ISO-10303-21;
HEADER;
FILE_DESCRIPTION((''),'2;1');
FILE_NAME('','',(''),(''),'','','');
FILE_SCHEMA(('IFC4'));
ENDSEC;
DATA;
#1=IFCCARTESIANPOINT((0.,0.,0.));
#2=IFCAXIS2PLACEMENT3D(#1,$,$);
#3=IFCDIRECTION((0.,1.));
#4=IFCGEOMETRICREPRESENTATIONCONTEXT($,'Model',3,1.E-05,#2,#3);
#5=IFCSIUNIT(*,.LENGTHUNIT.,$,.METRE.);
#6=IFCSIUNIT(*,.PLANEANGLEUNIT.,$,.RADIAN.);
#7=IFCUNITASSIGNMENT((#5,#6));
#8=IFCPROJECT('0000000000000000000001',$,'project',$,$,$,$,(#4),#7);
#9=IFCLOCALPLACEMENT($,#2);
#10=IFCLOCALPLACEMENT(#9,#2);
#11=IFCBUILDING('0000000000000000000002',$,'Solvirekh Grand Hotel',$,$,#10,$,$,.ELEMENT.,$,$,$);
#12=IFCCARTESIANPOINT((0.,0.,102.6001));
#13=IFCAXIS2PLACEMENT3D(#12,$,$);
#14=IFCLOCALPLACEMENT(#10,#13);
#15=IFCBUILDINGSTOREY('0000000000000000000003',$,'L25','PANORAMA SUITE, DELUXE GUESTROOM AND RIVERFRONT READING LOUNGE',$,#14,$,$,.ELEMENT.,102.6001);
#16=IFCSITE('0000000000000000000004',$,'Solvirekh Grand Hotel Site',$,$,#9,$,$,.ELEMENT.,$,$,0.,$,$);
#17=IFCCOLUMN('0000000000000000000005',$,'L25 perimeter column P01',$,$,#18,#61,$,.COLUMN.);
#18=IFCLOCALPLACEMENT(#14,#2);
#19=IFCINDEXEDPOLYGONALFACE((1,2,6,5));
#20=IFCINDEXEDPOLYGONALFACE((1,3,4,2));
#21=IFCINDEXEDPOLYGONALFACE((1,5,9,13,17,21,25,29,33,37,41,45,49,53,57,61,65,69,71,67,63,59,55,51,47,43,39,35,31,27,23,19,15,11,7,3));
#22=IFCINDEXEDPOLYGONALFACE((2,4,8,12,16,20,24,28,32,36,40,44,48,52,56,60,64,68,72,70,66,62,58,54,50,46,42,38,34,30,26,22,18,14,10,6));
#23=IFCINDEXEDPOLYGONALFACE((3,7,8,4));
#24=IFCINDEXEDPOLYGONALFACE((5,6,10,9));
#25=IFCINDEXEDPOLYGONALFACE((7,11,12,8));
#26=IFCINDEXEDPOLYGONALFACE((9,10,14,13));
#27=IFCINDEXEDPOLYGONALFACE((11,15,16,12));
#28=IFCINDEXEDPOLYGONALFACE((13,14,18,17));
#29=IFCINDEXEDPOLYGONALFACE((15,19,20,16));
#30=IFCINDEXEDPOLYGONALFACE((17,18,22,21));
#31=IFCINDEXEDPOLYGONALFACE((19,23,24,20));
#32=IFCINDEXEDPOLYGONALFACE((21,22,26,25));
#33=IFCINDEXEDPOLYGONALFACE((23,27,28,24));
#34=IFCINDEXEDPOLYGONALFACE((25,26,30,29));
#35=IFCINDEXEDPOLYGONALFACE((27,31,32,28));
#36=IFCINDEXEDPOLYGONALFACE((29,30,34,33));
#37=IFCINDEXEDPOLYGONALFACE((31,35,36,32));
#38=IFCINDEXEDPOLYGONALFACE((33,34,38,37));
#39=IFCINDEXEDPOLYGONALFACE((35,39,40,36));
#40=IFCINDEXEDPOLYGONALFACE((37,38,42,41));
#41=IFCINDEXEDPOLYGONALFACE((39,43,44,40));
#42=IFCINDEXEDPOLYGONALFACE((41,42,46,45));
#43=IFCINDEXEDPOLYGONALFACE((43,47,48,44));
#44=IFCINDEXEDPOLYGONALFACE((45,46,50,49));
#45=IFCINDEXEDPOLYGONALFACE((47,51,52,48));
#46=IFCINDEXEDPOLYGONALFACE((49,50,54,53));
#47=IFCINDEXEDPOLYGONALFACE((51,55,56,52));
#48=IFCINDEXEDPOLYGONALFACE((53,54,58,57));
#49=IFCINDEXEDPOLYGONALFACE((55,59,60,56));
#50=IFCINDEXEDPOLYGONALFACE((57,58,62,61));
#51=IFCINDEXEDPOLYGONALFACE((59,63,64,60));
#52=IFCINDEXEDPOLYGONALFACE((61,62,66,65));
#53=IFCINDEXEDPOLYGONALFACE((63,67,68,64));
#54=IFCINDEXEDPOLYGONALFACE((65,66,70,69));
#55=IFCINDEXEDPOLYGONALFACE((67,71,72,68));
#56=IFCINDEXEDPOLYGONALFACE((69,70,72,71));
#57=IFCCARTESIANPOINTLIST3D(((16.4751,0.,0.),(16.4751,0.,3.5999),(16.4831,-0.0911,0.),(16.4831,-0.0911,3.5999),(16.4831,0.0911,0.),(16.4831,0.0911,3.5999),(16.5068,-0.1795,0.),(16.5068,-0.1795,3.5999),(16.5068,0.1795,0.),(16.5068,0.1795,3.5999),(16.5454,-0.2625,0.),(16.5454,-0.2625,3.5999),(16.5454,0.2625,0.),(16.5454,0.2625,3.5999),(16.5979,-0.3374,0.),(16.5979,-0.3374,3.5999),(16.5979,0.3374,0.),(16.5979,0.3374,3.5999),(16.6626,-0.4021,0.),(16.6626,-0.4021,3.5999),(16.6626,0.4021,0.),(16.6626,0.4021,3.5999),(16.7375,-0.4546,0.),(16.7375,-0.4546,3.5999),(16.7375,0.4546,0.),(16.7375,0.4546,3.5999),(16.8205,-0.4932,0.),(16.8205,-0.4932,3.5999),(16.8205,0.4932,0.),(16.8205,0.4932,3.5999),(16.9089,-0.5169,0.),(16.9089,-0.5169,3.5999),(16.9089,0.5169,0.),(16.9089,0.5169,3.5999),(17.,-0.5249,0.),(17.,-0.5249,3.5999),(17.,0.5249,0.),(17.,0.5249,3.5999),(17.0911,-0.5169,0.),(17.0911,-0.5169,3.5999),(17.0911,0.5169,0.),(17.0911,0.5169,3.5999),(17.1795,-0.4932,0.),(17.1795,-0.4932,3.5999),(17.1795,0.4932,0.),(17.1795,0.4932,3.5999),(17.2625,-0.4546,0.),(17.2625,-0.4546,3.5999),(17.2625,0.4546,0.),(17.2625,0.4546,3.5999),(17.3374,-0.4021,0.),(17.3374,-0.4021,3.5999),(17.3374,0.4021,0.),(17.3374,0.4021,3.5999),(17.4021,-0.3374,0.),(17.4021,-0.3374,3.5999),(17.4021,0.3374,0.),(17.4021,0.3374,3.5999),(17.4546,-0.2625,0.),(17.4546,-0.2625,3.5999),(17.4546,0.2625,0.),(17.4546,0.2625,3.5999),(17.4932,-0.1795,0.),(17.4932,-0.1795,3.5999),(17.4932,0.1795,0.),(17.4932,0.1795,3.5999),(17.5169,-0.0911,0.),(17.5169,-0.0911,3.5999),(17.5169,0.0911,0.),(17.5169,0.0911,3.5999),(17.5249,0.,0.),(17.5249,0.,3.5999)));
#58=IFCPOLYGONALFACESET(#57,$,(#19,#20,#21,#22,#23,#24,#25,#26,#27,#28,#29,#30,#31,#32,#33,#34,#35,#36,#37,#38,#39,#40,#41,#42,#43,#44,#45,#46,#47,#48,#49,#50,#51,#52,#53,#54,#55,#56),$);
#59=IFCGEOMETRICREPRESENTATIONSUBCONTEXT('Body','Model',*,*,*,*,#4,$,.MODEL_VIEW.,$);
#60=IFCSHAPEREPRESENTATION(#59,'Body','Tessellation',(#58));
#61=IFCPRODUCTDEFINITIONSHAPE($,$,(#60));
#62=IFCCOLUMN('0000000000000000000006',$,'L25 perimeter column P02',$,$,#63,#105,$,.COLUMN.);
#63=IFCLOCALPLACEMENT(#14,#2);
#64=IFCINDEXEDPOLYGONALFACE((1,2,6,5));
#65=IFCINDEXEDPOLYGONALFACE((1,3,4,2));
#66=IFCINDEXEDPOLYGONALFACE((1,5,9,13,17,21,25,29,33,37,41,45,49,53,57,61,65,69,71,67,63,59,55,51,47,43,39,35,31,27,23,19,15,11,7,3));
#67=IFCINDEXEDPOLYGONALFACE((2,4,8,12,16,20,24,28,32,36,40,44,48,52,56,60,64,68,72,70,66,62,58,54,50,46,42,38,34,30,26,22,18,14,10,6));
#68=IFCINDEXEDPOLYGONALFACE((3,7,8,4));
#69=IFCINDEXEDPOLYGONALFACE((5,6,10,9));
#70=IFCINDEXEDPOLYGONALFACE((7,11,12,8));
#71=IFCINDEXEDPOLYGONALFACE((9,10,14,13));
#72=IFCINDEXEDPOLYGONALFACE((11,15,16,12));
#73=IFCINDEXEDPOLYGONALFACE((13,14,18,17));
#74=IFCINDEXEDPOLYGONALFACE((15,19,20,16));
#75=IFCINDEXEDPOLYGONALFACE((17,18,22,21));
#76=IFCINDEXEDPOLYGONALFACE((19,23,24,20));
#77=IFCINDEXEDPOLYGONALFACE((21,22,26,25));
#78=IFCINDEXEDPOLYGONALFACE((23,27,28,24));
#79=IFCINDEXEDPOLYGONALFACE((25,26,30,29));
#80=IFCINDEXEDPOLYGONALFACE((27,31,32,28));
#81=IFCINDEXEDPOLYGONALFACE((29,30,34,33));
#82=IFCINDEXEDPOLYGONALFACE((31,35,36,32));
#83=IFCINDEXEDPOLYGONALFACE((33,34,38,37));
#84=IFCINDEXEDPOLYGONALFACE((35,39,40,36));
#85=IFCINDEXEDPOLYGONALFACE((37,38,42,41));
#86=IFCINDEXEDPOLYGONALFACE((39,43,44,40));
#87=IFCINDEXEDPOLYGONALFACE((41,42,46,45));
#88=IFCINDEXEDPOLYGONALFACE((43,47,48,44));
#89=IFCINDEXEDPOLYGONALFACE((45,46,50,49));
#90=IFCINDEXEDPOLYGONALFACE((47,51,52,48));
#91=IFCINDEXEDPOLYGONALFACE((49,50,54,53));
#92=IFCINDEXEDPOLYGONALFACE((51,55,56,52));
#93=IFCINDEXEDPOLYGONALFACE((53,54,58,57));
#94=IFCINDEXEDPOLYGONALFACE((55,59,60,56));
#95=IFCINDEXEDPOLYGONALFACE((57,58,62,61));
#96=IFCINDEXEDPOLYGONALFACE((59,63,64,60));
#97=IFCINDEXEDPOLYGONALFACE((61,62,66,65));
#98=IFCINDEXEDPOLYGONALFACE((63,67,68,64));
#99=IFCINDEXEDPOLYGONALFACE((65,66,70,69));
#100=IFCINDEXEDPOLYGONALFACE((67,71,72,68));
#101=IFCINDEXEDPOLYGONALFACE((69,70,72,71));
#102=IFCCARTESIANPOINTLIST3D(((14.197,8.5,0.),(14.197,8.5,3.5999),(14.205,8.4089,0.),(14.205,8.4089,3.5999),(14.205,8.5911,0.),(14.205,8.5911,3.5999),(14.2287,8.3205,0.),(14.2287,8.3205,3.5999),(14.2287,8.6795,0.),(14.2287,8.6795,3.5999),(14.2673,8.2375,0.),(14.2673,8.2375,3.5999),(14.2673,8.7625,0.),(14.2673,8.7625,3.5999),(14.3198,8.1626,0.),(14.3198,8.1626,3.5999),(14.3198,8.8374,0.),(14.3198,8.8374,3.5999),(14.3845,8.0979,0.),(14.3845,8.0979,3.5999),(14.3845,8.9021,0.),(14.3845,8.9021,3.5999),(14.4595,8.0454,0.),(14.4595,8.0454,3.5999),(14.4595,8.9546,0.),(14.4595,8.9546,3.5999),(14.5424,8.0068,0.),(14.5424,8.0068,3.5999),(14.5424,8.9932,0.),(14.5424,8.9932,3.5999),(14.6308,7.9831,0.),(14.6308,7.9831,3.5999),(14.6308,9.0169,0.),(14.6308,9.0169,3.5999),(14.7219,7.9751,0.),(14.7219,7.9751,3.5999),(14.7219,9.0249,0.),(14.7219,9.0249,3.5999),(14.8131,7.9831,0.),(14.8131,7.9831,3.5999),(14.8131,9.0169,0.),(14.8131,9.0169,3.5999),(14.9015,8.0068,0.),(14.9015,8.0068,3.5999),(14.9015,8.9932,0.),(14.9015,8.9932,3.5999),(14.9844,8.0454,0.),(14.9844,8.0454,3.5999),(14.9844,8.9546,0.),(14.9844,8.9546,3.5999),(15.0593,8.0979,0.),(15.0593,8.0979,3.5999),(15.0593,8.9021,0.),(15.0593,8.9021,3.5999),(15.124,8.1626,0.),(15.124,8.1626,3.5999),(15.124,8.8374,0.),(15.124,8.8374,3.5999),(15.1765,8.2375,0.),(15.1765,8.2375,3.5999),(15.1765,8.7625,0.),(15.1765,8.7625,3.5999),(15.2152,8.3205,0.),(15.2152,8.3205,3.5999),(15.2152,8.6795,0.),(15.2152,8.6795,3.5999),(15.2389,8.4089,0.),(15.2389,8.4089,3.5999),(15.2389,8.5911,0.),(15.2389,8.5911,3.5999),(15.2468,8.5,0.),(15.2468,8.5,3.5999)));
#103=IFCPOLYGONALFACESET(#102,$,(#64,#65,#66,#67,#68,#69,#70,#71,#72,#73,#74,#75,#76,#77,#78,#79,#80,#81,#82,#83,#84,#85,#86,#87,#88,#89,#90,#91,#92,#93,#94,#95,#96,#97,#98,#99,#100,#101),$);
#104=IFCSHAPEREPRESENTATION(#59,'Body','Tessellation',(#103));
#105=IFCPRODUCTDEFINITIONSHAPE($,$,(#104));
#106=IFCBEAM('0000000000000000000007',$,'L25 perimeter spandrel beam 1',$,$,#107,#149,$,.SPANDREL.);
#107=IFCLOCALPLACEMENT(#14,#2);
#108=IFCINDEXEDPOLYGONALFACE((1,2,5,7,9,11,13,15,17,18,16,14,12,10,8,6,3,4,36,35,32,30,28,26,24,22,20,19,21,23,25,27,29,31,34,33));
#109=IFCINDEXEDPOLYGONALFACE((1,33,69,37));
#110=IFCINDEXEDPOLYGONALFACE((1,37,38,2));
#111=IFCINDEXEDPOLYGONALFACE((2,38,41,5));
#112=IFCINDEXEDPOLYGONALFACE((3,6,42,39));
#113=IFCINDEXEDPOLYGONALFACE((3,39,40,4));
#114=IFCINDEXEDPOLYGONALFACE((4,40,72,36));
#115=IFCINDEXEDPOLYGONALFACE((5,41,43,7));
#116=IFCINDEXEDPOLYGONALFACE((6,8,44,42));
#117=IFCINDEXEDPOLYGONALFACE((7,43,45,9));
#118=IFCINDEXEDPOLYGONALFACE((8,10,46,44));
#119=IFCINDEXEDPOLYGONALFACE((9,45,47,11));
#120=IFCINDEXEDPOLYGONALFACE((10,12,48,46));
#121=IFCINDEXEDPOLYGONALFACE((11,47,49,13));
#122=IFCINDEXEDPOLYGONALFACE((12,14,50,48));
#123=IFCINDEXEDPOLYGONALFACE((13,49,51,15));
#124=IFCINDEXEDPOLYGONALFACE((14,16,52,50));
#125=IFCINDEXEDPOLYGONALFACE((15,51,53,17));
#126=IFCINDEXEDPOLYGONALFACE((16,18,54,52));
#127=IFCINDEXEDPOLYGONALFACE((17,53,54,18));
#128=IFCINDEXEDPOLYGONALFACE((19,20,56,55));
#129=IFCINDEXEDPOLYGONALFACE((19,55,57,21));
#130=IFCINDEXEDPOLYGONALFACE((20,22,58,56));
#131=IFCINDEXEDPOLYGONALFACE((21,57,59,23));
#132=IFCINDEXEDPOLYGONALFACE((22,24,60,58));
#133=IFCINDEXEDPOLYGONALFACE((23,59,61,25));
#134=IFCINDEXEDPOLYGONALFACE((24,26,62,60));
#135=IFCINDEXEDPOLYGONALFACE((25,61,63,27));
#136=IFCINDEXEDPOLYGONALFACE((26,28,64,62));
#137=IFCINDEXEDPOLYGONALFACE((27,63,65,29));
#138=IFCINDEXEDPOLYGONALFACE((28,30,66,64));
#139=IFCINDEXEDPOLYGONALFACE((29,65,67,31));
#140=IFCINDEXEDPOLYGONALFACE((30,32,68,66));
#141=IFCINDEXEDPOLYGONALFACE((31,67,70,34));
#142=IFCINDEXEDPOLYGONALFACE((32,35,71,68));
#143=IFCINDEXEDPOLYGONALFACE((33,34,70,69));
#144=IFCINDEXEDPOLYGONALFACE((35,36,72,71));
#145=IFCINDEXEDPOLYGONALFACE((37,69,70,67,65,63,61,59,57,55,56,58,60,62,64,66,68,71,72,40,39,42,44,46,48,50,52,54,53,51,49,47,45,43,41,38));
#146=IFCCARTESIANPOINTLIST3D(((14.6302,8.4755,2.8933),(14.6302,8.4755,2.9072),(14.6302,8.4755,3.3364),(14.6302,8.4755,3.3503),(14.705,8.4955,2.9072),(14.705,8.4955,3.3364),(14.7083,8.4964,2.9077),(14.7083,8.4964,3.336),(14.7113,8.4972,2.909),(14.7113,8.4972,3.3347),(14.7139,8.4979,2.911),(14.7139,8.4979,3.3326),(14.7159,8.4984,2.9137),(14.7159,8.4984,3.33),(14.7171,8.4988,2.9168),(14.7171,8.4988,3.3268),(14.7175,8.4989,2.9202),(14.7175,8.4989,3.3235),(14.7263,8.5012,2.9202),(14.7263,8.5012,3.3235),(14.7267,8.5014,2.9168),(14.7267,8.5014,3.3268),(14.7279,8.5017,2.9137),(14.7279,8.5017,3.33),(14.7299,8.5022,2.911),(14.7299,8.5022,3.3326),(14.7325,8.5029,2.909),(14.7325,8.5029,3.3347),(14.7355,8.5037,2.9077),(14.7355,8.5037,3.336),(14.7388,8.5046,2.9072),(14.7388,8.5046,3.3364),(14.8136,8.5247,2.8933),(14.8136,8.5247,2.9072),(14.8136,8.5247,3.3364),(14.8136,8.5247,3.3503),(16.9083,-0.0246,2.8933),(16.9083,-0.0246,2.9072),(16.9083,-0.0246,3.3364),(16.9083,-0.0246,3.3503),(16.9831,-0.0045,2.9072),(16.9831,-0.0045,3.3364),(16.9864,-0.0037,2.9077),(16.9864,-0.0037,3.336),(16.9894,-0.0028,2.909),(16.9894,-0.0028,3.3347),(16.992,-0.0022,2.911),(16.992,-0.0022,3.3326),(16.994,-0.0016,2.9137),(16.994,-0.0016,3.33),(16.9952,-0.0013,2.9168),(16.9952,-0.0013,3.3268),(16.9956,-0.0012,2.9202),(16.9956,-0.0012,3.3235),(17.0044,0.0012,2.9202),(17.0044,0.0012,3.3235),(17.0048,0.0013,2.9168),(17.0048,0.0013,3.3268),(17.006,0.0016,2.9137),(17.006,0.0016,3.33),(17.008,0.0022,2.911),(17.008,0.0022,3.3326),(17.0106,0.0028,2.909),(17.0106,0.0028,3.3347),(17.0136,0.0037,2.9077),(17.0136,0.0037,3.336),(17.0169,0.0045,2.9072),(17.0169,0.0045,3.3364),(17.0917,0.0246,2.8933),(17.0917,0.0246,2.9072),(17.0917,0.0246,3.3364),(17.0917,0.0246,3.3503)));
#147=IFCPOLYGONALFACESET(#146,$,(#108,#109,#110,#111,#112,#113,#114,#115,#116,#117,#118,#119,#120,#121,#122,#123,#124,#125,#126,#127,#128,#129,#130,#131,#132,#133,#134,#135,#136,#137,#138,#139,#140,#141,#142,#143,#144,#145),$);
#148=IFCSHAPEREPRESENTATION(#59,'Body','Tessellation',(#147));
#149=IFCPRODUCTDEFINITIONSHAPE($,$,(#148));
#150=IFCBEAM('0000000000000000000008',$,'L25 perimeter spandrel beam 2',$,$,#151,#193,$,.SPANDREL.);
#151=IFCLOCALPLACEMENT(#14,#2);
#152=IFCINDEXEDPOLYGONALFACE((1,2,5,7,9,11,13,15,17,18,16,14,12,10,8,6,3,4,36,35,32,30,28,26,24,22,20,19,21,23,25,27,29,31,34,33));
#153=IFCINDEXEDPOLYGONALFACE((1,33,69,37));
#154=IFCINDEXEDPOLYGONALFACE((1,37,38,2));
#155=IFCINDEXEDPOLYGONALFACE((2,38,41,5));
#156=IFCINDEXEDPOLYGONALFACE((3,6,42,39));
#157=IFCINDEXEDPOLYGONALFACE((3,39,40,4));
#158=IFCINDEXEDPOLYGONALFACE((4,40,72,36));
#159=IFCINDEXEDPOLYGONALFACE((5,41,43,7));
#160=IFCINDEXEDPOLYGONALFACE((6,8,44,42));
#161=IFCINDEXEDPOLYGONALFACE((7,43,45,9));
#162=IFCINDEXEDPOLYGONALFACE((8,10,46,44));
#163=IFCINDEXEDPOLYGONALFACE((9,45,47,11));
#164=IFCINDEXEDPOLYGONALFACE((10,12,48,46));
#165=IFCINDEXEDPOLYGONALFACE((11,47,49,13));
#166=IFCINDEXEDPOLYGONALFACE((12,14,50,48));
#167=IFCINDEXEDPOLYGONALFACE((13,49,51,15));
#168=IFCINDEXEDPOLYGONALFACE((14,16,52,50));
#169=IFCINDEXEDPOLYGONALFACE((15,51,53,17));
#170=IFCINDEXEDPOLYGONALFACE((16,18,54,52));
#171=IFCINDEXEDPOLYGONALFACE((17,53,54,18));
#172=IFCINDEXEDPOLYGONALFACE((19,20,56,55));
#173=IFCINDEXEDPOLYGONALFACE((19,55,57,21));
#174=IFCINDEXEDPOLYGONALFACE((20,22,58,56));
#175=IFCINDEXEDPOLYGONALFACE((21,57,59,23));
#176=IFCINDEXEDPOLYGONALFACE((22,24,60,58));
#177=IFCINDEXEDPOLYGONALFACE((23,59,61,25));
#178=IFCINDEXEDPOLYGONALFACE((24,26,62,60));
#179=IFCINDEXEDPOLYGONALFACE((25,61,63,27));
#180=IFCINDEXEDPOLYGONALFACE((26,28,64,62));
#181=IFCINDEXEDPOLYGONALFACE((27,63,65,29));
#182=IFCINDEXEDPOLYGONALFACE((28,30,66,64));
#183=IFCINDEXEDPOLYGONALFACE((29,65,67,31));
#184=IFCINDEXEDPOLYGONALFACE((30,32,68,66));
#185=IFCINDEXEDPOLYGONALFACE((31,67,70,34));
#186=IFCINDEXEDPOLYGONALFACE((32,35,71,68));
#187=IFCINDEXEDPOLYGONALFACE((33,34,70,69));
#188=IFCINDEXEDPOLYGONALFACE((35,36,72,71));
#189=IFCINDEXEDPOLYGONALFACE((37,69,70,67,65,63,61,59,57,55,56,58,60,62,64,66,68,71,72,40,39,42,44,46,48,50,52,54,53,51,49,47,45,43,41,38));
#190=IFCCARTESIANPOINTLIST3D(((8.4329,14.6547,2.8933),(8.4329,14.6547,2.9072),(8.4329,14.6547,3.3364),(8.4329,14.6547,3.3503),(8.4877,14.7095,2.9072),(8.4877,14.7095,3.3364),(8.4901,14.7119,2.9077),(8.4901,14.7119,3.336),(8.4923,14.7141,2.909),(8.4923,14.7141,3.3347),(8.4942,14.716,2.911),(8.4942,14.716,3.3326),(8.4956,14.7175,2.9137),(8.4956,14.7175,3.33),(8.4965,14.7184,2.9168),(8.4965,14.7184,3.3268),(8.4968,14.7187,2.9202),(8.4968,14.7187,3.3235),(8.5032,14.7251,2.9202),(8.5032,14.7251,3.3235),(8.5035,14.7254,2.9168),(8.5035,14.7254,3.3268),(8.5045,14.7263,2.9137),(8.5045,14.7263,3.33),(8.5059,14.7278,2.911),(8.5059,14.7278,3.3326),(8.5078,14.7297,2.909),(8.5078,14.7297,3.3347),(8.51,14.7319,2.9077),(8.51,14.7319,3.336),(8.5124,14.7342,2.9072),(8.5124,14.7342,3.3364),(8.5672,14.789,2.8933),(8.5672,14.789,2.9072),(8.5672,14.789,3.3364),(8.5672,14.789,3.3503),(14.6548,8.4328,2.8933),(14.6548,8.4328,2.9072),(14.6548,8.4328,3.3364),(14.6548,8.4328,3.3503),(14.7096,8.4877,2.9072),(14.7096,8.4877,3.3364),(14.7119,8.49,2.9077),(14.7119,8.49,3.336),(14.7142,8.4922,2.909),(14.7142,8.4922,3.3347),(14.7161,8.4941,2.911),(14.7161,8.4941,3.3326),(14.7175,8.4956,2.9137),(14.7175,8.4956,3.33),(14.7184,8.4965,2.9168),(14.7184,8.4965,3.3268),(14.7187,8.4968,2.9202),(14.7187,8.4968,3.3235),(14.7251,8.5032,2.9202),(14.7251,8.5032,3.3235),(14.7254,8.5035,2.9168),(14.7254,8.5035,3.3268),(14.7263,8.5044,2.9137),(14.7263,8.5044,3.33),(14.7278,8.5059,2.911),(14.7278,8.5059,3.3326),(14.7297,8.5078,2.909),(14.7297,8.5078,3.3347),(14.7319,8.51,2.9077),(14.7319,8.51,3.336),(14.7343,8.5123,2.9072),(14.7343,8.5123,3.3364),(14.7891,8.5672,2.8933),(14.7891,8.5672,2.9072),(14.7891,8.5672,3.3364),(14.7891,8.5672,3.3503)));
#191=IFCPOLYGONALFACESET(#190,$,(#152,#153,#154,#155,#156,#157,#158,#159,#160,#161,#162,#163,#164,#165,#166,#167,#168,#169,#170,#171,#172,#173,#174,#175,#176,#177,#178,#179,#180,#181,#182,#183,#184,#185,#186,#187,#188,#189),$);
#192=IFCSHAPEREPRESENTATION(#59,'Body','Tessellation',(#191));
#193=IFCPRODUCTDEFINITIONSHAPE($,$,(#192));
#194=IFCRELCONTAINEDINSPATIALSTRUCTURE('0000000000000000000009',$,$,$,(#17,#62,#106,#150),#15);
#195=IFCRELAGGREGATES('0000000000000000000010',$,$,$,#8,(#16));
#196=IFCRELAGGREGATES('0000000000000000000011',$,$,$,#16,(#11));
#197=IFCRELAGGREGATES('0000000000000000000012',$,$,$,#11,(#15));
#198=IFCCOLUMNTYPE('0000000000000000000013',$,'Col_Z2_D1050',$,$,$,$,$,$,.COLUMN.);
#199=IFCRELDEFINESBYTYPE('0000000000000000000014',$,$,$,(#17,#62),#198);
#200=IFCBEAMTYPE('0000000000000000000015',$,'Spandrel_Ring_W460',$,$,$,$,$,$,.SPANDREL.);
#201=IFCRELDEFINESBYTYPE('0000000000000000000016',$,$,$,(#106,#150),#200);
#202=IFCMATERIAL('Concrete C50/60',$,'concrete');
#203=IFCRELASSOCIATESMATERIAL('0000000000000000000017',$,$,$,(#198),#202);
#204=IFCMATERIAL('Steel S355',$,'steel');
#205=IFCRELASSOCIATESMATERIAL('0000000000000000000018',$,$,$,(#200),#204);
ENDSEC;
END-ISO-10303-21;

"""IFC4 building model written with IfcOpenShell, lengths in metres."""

from ifc_helpers import new_model, si_unit, direction, frame, origin, origin_2d, place, context, subcontext, project, spatial, circle, i_section, extrude, material, material_profile, profile_set, type_object, element, save


model = new_model("IFC4")

# Units and contexts
model_context = context("Model", 3, precision=1e-05, world=origin(), true_north=direction((0.0, 1.0)))
body_context = subcontext(model_context, "Body", "Model", "MODEL_VIEW")
ifc_project = project(units=[si_unit("LENGTHUNIT", "METRE"), si_unit("PLANEANGLEUNIT", "RADIAN")], contexts=[model_context])

# Site, building, storey
site_placement = place(None, origin())
site = spatial("IfcSite", under=ifc_project, at=site_placement, Name="Solvirekh Grand Hotel Site", CompositionType="ELEMENT", RefElevation=0.0)
building_placement = place(site_placement, origin())
building = spatial("IfcBuilding", under=site, at=building_placement, Name="Solvirekh Grand Hotel", CompositionType="ELEMENT")
storey_placement = place(building_placement, frame((0.0, 0.0, 102.6001)))
storey = spatial("IfcBuildingStorey", under=building, at=storey_placement, Name="L25", Description="PANORAMA SUITE, DELUXE GUESTROOM AND RIVERFRONT READING LOUNGE", CompositionType="ELEMENT", Elevation=102.6001)

# Columns
ifc_material_1 = material(Name="Concrete C50/60", Category="concrete")
ifc_material_profile_1 = material_profile(ifc_material_1, circle(Radius=0.5249, at=origin_2d()), Name="RC CIRC D1050")
ifc_profile_set_1 = profile_set([ifc_material_profile_1], Name="Concrete C50/60")
column_type = type_object("IfcColumnType", Name="Col_Z2_D1050", PredefinedType="COLUMN", material=ifc_profile_set_1)
for number, where, z_axis, x_axis, name in (
    (1, (17.0, 0.0, 0.0), (0.0, 0.0, 1.0), (1.0, 0.0, 0.0), "L25 perimeter column P01"),
    (2, (14.7219, 8.5, 0.0), (0.0, 0.0, 1.0), (1.0, 0.0, 0.0), "L25 perimeter column P02"),
):
    element("IfcColumn", number, at=place(storey_placement, frame(where, z_axis=z_axis, x_axis=x_axis)), inside=storey, type_object=column_type, Name=name, PredefinedType="COLUMN", context=body_context, shape_type="SweptSolid", body=[
        extrude(circle(Radius=0.5249, at=origin_2d()), origin(), (0.0, 0.0, 1.0), 3.5999),
    ])

# Beams
ifc_material_2 = material(Name="Steel S355", Category="steel")
ifc_material_profile_2 = material_profile(ifc_material_2, i_section(OverallWidth=0.1899, OverallDepth=0.457, WebThickness=0.009, FlangeThickness=0.0139, FilletRadius=0.0129, at=origin_2d()), Name="W460X74")
ifc_profile_set_2 = profile_set([ifc_material_profile_2], Name="Steel S355")
beam_type = type_object("IfcBeamType", Name="Spandrel_Ring_W460", PredefinedType="SPANDREL", material=ifc_profile_set_2)
beam_1_placement = place(storey_placement, frame((17.0, 0.0, 3.1218), z_axis=(-0.258873, 0.965911, 0.0), x_axis=(-0.965911, -0.258873, 0.0)))
element("IfcBeam", 3, at=beam_1_placement, inside=storey, type_object=beam_type, Name="L25 perimeter spandrel beam 1", PredefinedType="SPANDREL", context=body_context, shape_type="SweptSolid", body=[
    extrude(i_section(OverallWidth=0.1899, OverallDepth=0.457, WebThickness=0.009, FlangeThickness=0.0139, FilletRadius=0.0129, at=origin_2d()), origin(), (0.0, 0.0, 1.0), 8.8),
])
beam_2_placement = place(storey_placement, frame((14.7219, 8.5, 3.1218), z_axis=(-0.707107, 0.707107, 0.0), x_axis=(-0.707107, -0.707107, 0.0)))
element("IfcBeam", 4, at=beam_2_placement, inside=storey, type_object=beam_type, Name="L25 perimeter spandrel beam 2", PredefinedType="SPANDREL", context=body_context, shape_type="SweptSolid", body=[
    extrude(i_section(OverallWidth=0.1899, OverallDepth=0.457, WebThickness=0.009, FlangeThickness=0.0139, FilletRadius=0.0129, at=origin_2d()), origin(), (0.0, 0.0, 1.0), 8.7991),
])

save(model, "model.ifc")
